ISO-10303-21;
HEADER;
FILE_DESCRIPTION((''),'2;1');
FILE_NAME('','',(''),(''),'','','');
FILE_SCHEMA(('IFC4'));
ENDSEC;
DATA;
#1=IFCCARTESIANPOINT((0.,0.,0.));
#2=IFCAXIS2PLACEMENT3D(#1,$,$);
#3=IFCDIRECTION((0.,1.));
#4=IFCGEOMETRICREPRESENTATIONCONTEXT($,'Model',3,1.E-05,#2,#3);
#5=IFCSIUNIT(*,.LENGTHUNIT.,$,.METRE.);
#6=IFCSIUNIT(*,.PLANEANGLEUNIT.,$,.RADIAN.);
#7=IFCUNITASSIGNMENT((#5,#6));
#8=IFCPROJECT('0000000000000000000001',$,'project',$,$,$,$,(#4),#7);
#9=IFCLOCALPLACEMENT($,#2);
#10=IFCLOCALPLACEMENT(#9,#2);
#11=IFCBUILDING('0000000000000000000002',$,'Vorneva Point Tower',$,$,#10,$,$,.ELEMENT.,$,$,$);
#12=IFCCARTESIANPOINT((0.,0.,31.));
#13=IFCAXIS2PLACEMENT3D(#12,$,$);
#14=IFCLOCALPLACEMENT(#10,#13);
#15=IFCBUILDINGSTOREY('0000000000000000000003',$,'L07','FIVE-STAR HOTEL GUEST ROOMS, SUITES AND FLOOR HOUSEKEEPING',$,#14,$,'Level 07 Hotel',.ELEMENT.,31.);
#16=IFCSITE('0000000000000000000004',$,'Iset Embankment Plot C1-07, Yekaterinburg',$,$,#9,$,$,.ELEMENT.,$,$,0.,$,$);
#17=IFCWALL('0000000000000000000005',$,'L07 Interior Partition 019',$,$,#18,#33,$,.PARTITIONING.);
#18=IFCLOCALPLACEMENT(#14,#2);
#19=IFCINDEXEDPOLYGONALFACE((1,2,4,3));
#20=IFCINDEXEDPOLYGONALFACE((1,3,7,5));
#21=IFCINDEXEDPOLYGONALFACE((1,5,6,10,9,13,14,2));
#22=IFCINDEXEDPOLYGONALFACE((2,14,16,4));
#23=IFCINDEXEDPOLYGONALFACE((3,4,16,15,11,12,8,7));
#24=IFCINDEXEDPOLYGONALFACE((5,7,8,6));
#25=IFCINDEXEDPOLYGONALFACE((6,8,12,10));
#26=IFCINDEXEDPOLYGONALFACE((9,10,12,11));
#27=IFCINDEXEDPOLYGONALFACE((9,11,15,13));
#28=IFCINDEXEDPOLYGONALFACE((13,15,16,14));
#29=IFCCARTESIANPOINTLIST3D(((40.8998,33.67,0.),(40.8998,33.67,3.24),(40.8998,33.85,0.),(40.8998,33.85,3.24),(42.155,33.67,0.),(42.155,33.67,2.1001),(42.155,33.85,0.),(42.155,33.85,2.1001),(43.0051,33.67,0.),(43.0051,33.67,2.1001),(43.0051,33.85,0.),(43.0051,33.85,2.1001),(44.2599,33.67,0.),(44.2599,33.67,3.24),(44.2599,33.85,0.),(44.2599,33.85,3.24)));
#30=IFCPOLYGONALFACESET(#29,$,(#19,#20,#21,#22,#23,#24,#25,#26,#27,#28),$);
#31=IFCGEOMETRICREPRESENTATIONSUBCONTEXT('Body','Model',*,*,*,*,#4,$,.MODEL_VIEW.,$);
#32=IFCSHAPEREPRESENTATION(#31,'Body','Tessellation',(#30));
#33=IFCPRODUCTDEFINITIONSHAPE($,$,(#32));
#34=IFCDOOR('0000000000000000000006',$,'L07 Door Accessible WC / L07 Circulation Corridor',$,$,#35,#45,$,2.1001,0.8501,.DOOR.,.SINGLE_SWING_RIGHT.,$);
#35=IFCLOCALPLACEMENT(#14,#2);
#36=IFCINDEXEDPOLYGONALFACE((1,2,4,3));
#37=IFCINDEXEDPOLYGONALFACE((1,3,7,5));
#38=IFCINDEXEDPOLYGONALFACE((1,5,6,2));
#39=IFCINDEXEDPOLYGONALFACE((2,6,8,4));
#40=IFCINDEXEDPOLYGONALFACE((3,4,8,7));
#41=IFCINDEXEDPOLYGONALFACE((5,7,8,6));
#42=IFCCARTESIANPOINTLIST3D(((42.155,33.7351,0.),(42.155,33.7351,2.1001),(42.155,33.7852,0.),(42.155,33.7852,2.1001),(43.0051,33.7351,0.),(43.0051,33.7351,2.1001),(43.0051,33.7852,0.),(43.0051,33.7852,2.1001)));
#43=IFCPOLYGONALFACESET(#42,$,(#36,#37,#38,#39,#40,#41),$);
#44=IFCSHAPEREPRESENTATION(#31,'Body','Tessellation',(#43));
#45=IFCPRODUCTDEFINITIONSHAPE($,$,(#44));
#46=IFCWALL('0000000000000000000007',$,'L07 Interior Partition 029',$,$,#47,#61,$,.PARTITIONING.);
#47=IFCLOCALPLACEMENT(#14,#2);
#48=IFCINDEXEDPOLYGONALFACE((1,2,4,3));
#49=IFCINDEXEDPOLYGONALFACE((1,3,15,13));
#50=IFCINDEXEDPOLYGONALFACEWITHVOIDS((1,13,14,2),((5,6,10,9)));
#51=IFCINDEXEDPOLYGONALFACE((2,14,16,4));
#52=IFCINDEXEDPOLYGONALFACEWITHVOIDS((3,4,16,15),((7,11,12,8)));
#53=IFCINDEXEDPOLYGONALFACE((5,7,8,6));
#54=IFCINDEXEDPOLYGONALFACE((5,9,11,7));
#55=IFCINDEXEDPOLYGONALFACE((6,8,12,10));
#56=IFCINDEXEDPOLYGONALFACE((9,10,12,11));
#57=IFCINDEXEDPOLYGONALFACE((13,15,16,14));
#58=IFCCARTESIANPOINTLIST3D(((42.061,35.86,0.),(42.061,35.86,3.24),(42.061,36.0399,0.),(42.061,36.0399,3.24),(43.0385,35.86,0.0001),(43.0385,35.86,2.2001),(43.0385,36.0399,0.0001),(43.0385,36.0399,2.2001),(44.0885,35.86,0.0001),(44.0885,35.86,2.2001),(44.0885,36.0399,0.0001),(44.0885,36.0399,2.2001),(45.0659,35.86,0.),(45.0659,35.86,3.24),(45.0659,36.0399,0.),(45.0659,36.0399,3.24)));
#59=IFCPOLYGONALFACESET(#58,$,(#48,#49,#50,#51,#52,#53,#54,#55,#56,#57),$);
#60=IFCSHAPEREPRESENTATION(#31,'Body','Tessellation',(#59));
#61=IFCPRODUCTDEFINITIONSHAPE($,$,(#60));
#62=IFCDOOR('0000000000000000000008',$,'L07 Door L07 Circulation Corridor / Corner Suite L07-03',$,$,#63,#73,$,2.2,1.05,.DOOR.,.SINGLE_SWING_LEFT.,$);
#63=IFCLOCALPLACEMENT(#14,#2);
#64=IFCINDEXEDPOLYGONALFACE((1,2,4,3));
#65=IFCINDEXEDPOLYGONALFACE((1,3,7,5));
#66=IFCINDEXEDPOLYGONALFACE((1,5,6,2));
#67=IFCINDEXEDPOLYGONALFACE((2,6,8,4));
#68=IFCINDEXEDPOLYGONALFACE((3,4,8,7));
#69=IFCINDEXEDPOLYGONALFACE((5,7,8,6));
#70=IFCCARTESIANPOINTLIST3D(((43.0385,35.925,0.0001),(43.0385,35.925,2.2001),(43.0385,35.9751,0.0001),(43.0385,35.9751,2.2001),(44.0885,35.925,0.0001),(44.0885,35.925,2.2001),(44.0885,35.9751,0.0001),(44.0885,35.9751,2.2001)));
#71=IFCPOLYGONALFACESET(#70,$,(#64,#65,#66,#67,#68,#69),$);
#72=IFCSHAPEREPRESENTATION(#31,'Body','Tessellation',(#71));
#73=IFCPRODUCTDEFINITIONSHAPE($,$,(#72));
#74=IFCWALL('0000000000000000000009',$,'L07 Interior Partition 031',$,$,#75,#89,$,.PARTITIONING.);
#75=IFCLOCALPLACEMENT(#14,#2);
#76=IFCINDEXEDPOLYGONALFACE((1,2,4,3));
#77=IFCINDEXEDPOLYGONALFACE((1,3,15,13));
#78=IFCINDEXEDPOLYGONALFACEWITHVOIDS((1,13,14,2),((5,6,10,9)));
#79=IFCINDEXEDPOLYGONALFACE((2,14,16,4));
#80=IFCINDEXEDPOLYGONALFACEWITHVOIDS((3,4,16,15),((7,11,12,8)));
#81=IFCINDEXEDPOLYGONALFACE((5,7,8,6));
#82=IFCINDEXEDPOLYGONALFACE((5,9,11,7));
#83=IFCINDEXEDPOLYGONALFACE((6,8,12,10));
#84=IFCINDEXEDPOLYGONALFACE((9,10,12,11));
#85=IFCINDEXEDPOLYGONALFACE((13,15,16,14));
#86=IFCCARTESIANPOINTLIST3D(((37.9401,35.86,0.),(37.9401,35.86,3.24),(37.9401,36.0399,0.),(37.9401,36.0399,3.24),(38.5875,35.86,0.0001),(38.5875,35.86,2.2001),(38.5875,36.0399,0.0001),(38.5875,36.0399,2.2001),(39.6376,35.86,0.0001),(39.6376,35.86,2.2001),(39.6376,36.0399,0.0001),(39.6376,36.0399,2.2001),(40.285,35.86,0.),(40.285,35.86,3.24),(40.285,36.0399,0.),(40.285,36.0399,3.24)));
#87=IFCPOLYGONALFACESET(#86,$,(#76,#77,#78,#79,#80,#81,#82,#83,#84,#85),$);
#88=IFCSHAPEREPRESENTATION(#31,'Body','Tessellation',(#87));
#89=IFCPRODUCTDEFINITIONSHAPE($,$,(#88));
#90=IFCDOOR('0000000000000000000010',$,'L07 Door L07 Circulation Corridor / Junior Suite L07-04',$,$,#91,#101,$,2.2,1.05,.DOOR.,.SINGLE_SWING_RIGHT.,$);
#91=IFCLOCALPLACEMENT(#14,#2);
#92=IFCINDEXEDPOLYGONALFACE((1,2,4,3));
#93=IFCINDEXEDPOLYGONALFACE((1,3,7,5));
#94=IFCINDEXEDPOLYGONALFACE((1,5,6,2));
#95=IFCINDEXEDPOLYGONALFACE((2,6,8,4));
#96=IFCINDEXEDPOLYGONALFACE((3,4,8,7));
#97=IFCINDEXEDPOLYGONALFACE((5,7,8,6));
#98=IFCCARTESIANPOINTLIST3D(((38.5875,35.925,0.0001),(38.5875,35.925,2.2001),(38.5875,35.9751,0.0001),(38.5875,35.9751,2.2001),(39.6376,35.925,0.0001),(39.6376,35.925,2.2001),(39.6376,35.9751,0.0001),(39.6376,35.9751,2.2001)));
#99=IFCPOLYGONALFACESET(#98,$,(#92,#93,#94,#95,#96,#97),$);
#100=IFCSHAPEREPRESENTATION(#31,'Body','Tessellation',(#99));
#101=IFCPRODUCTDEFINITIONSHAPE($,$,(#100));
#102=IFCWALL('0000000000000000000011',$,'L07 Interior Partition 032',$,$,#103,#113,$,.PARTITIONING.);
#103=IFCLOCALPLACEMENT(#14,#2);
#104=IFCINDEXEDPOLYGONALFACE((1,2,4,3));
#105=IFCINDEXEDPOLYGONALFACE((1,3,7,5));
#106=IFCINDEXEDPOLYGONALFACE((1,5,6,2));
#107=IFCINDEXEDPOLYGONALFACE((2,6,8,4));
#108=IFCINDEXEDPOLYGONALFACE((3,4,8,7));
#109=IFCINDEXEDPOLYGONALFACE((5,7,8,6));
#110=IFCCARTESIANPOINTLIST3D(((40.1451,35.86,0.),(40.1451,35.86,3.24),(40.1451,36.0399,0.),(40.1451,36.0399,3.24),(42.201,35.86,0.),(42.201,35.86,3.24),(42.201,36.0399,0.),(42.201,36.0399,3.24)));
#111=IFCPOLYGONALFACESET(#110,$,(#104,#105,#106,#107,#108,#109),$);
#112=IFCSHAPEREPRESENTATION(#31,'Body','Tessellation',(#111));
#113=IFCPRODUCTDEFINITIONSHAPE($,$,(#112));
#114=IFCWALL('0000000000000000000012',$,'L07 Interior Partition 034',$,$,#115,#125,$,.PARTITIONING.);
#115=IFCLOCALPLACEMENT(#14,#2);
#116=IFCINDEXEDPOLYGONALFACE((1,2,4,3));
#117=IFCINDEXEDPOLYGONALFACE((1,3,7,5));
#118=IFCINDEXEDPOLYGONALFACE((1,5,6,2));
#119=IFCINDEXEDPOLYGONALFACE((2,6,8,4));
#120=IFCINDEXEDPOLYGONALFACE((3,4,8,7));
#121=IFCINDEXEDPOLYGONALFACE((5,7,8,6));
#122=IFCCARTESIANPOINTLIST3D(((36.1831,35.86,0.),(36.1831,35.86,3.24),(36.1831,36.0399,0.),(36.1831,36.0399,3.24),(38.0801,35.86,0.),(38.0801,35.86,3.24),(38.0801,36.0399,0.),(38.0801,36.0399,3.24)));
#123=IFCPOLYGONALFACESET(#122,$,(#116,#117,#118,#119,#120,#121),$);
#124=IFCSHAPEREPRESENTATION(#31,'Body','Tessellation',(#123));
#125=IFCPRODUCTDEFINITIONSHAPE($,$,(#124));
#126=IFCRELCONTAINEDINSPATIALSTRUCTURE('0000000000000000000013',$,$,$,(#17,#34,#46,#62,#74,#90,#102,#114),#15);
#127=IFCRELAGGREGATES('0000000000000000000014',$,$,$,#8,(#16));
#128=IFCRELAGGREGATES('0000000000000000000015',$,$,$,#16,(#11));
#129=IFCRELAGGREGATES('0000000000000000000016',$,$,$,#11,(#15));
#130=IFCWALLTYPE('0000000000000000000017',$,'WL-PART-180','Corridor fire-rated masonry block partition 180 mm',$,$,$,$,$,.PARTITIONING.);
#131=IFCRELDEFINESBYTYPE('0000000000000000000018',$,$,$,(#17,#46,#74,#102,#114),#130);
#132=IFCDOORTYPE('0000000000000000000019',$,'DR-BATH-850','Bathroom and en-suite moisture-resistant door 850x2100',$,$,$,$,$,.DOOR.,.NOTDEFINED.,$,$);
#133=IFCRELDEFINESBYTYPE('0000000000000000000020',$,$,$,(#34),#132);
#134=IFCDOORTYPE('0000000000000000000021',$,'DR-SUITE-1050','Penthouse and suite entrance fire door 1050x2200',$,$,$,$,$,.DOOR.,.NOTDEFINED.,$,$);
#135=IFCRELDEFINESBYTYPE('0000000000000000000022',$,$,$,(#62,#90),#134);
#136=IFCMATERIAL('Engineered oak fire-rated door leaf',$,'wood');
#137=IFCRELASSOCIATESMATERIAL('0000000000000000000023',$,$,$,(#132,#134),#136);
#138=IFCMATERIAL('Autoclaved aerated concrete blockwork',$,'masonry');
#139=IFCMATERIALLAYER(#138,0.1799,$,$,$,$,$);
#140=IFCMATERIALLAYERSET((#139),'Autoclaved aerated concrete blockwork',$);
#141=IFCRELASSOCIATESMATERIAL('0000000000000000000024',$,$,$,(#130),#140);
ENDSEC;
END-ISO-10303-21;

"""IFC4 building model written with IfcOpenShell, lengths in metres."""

from ifc_helpers import new_model, si_unit, direction, frame, frame_2d, origin, place, context, subcontext, project, spatial, rectangle, extrude, material, layer, layer_set, type_object, element, fill, save


model = new_model("IFC4")

# Units and contexts
model_context = context("Model", 3, precision=1e-05, world=origin(), true_north=direction((0.0, 1.0)))
body_context = subcontext(model_context, "Body", "Model", "MODEL_VIEW")
ifc_project = project(units=[si_unit("LENGTHUNIT", "METRE"), si_unit("PLANEANGLEUNIT", "RADIAN")], contexts=[model_context])

# Site, building, storey
site_placement = place(None, origin())
site = spatial("IfcSite", under=ifc_project, at=site_placement, Name="Iset Embankment Plot C1-07, Yekaterinburg", CompositionType="ELEMENT", RefElevation=0.0)
building_placement = place(site_placement, origin())
building = spatial("IfcBuilding", under=site, at=building_placement, Name="Vorneva Point Tower", CompositionType="ELEMENT")
storey_placement = place(building_placement, frame((0.0, 0.0, 31.0)))
storey = spatial("IfcBuildingStorey", under=building, at=storey_placement, Name="L07", Description="FIVE-STAR HOTEL GUEST ROOMS, SUITES AND FLOOR HOUSEKEEPING", LongName="Level 07 Hotel", CompositionType="ELEMENT", Elevation=31.0)

# Shared definitions
ifc_material_1 = material(Name="Engineered oak fire-rated door leaf", Category="wood")
door_type_1 = type_object("IfcDoorType", Name="DR-BATH-850", Description="Bathroom and en-suite moisture-resistant door 850x2100", OperationType="NOTDEFINED", PredefinedType="DOOR", material=ifc_material_1)

# Walls, openings, doors
ifc_material_2 = material(Name="Autoclaved aerated concrete blockwork", Category="masonry")
ifc_layer_1 = layer(ifc_material_2, 0.1799)
ifc_layer_set_1 = layer_set([ifc_layer_1], Name="Autoclaved aerated concrete blockwork")
wall_type_1 = type_object("IfcWallType", Name="WL-PART-180", Description="Corridor fire-rated masonry block partition 180 mm", PredefinedType="PARTITIONING", material=ifc_layer_set_1)
wall_1_placement = place(storey_placement, frame((44.26, 33.76, 0.0), z_axis=(0.0, 0.0, 1.0), x_axis=(-1.0, 0.0, 0.0)))
wall_1 = element("IfcWall", 1, at=wall_1_placement, inside=storey, type_object=wall_type_1, Name="L07 Interior Partition 019", PredefinedType="PARTITIONING", context=body_context, shape_type="SweptSolid", body=[
    extrude(rectangle(XDim=3.3601, YDim=0.1799, at=frame_2d((1.6802, 0.0))), origin(), (0.0, 0.0, 1.0), 3.24),
])
opening_1_placement = place(wall_1_placement, frame((1.2549, 0.0, 0.0)))
opening_1 = element("IfcOpeningElement", 2, at=opening_1_placement, cuts=wall_1, PredefinedType="OPENING", context=body_context, shape_type="SweptSolid", body=[
    extrude(rectangle(XDim=0.8501, YDim=2.1001, at=frame_2d((0.425, 1.05))), frame((0.0, 0.105, 0.0), z_axis=(0.0, -1.0, 0.0), x_axis=(1.0, 0.0, 0.0)), (0.0, 0.0, 1.0), 0.2097),
])
door_1_placement = place(opening_1_placement, origin())
door_1 = element("IfcDoor", 3, at=door_1_placement, inside=storey, type_object=door_type_1, Name="L07 Door Accessible WC / L07 Circulation Corridor", OperationType="SINGLE_SWING_RIGHT", OverallHeight=2.1001, OverallWidth=0.8501, PredefinedType="DOOR", context=body_context, shape_type="SweptSolid", body=[
    extrude(rectangle(XDim=0.8501, YDim=2.1001, at=frame_2d((0.425, 1.05))), frame((0.0, 0.0249, 0.0), z_axis=(0.0, -1.0, 0.0), x_axis=(1.0, 0.0, 0.0)), (0.0, 0.0, 1.0), 0.05),
])
fill(opening_1, door_1)
wall_2_placement = place(storey_placement, frame((45.0659, 35.95, 0.0), z_axis=(0.0, 0.0, 1.0), x_axis=(-1.0, 0.0, 0.0)))
wall_2 = element("IfcWall", 4, at=wall_2_placement, inside=storey, type_object=wall_type_1, Name="L07 Interior Partition 029", PredefinedType="PARTITIONING", context=body_context, shape_type="SweptSolid", body=[
    extrude(rectangle(XDim=3.0049, YDim=0.1799, at=frame_2d((1.5024, 0.0))), origin(), (0.0, 0.0, 1.0), 3.24),
])
opening_2_placement = place(wall_2_placement, frame((0.9775, 0.0, 0.0)))
opening_2 = element("IfcOpeningElement", 5, at=opening_2_placement, cuts=wall_2, PredefinedType="OPENING", context=body_context, shape_type="SweptSolid", body=[
    extrude(rectangle(XDim=1.05, YDim=2.2, at=frame_2d((0.5249, 1.1001))), frame((0.0, 0.105, 0.0), z_axis=(0.0, -1.0, 0.0), x_axis=(1.0, 0.0, 0.0)), (0.0, 0.0, 1.0), 0.2097),
])
door_type_2 = type_object("IfcDoorType", Name="DR-SUITE-1050", Description="Penthouse and suite entrance fire door 1050x2200", OperationType="NOTDEFINED", PredefinedType="DOOR", material=ifc_material_1)
door_2_placement = place(opening_2_placement, origin())
door_2 = element("IfcDoor", 6, at=door_2_placement, inside=storey, type_object=door_type_2, Name="L07 Door L07 Circulation Corridor / Corner Suite L07-03", OperationType="SINGLE_SWING_LEFT", OverallHeight=2.2, OverallWidth=1.05, PredefinedType="DOOR", context=body_context, shape_type="SweptSolid", body=[
    extrude(rectangle(XDim=1.05, YDim=2.2, at=frame_2d((0.5249, 1.1001))), frame((0.0, 0.0249, 0.0), z_axis=(0.0, -1.0, 0.0), x_axis=(1.0, 0.0, 0.0)), (0.0, 0.0, 1.0), 0.05),
])
fill(opening_2, door_2)
wall_3_placement = place(storey_placement, frame((40.2849, 35.95, 0.0), z_axis=(0.0, 0.0, 1.0), x_axis=(-1.0, 0.0, 0.0)))
wall_3 = element("IfcWall", 7, at=wall_3_placement, inside=storey, type_object=wall_type_1, Name="L07 Interior Partition 031", PredefinedType="PARTITIONING", context=body_context, shape_type="SweptSolid", body=[
    extrude(rectangle(XDim=2.345, YDim=0.1799, at=frame_2d((1.1724, 0.0))), origin(), (0.0, 0.0, 1.0), 3.24),
])
opening_3_placement = place(wall_3_placement, frame((0.6475, 0.0, 0.0)))
opening_3 = element("IfcOpeningElement", 8, at=opening_3_placement, cuts=wall_3, PredefinedType="OPENING", context=body_context, shape_type="SweptSolid", body=[
    extrude(rectangle(XDim=1.05, YDim=2.2, at=frame_2d((0.5249, 1.1001))), frame((0.0, 0.105, 0.0), z_axis=(0.0, -1.0, 0.0), x_axis=(1.0, 0.0, 0.0)), (0.0, 0.0, 1.0), 0.2097),
])
door_3_placement = place(opening_3_placement, origin())
door_3 = element("IfcDoor", 9, at=door_3_placement, inside=storey, type_object=door_type_2, Name="L07 Door L07 Circulation Corridor / Junior Suite L07-04", OperationType="SINGLE_SWING_RIGHT", OverallHeight=2.2, OverallWidth=1.05, PredefinedType="DOOR", context=body_context, shape_type="SweptSolid", body=[
    extrude(rectangle(XDim=1.05, YDim=2.2, at=frame_2d((0.5249, 1.1001))), frame((0.0, 0.0249, 0.0), z_axis=(0.0, -1.0, 0.0), x_axis=(1.0, 0.0, 0.0)), (0.0, 0.0, 1.0), 0.05),
])
fill(opening_3, door_3)

# Walls
wall_4_placement = place(storey_placement, frame((42.2009, 35.95, 0.0), z_axis=(0.0, 0.0, 1.0), x_axis=(-1.0, 0.0, 0.0)))
element("IfcWall", 10, at=wall_4_placement, inside=storey, type_object=wall_type_1, Name="L07 Interior Partition 032", PredefinedType="PARTITIONING", context=body_context, shape_type="SweptSolid", body=[
    extrude(rectangle(XDim=2.0559, YDim=0.1799, at=frame_2d((1.0278, 0.0))), origin(), (0.0, 0.0, 1.0), 3.24),
])
wall_5_placement = place(storey_placement, frame((38.0801, 35.95, 0.0), z_axis=(0.0, 0.0, 1.0), x_axis=(-1.0, 0.0, 0.0)))
element("IfcWall", 11, at=wall_5_placement, inside=storey, type_object=wall_type_1, Name="L07 Interior Partition 034", PredefinedType="PARTITIONING", context=body_context, shape_type="SweptSolid", body=[
    extrude(rectangle(XDim=1.897, YDim=0.1799, at=frame_2d((0.9485, 0.0))), origin(), (0.0, 0.0, 1.0), 3.24),
])

save(model, "model.ifc")
